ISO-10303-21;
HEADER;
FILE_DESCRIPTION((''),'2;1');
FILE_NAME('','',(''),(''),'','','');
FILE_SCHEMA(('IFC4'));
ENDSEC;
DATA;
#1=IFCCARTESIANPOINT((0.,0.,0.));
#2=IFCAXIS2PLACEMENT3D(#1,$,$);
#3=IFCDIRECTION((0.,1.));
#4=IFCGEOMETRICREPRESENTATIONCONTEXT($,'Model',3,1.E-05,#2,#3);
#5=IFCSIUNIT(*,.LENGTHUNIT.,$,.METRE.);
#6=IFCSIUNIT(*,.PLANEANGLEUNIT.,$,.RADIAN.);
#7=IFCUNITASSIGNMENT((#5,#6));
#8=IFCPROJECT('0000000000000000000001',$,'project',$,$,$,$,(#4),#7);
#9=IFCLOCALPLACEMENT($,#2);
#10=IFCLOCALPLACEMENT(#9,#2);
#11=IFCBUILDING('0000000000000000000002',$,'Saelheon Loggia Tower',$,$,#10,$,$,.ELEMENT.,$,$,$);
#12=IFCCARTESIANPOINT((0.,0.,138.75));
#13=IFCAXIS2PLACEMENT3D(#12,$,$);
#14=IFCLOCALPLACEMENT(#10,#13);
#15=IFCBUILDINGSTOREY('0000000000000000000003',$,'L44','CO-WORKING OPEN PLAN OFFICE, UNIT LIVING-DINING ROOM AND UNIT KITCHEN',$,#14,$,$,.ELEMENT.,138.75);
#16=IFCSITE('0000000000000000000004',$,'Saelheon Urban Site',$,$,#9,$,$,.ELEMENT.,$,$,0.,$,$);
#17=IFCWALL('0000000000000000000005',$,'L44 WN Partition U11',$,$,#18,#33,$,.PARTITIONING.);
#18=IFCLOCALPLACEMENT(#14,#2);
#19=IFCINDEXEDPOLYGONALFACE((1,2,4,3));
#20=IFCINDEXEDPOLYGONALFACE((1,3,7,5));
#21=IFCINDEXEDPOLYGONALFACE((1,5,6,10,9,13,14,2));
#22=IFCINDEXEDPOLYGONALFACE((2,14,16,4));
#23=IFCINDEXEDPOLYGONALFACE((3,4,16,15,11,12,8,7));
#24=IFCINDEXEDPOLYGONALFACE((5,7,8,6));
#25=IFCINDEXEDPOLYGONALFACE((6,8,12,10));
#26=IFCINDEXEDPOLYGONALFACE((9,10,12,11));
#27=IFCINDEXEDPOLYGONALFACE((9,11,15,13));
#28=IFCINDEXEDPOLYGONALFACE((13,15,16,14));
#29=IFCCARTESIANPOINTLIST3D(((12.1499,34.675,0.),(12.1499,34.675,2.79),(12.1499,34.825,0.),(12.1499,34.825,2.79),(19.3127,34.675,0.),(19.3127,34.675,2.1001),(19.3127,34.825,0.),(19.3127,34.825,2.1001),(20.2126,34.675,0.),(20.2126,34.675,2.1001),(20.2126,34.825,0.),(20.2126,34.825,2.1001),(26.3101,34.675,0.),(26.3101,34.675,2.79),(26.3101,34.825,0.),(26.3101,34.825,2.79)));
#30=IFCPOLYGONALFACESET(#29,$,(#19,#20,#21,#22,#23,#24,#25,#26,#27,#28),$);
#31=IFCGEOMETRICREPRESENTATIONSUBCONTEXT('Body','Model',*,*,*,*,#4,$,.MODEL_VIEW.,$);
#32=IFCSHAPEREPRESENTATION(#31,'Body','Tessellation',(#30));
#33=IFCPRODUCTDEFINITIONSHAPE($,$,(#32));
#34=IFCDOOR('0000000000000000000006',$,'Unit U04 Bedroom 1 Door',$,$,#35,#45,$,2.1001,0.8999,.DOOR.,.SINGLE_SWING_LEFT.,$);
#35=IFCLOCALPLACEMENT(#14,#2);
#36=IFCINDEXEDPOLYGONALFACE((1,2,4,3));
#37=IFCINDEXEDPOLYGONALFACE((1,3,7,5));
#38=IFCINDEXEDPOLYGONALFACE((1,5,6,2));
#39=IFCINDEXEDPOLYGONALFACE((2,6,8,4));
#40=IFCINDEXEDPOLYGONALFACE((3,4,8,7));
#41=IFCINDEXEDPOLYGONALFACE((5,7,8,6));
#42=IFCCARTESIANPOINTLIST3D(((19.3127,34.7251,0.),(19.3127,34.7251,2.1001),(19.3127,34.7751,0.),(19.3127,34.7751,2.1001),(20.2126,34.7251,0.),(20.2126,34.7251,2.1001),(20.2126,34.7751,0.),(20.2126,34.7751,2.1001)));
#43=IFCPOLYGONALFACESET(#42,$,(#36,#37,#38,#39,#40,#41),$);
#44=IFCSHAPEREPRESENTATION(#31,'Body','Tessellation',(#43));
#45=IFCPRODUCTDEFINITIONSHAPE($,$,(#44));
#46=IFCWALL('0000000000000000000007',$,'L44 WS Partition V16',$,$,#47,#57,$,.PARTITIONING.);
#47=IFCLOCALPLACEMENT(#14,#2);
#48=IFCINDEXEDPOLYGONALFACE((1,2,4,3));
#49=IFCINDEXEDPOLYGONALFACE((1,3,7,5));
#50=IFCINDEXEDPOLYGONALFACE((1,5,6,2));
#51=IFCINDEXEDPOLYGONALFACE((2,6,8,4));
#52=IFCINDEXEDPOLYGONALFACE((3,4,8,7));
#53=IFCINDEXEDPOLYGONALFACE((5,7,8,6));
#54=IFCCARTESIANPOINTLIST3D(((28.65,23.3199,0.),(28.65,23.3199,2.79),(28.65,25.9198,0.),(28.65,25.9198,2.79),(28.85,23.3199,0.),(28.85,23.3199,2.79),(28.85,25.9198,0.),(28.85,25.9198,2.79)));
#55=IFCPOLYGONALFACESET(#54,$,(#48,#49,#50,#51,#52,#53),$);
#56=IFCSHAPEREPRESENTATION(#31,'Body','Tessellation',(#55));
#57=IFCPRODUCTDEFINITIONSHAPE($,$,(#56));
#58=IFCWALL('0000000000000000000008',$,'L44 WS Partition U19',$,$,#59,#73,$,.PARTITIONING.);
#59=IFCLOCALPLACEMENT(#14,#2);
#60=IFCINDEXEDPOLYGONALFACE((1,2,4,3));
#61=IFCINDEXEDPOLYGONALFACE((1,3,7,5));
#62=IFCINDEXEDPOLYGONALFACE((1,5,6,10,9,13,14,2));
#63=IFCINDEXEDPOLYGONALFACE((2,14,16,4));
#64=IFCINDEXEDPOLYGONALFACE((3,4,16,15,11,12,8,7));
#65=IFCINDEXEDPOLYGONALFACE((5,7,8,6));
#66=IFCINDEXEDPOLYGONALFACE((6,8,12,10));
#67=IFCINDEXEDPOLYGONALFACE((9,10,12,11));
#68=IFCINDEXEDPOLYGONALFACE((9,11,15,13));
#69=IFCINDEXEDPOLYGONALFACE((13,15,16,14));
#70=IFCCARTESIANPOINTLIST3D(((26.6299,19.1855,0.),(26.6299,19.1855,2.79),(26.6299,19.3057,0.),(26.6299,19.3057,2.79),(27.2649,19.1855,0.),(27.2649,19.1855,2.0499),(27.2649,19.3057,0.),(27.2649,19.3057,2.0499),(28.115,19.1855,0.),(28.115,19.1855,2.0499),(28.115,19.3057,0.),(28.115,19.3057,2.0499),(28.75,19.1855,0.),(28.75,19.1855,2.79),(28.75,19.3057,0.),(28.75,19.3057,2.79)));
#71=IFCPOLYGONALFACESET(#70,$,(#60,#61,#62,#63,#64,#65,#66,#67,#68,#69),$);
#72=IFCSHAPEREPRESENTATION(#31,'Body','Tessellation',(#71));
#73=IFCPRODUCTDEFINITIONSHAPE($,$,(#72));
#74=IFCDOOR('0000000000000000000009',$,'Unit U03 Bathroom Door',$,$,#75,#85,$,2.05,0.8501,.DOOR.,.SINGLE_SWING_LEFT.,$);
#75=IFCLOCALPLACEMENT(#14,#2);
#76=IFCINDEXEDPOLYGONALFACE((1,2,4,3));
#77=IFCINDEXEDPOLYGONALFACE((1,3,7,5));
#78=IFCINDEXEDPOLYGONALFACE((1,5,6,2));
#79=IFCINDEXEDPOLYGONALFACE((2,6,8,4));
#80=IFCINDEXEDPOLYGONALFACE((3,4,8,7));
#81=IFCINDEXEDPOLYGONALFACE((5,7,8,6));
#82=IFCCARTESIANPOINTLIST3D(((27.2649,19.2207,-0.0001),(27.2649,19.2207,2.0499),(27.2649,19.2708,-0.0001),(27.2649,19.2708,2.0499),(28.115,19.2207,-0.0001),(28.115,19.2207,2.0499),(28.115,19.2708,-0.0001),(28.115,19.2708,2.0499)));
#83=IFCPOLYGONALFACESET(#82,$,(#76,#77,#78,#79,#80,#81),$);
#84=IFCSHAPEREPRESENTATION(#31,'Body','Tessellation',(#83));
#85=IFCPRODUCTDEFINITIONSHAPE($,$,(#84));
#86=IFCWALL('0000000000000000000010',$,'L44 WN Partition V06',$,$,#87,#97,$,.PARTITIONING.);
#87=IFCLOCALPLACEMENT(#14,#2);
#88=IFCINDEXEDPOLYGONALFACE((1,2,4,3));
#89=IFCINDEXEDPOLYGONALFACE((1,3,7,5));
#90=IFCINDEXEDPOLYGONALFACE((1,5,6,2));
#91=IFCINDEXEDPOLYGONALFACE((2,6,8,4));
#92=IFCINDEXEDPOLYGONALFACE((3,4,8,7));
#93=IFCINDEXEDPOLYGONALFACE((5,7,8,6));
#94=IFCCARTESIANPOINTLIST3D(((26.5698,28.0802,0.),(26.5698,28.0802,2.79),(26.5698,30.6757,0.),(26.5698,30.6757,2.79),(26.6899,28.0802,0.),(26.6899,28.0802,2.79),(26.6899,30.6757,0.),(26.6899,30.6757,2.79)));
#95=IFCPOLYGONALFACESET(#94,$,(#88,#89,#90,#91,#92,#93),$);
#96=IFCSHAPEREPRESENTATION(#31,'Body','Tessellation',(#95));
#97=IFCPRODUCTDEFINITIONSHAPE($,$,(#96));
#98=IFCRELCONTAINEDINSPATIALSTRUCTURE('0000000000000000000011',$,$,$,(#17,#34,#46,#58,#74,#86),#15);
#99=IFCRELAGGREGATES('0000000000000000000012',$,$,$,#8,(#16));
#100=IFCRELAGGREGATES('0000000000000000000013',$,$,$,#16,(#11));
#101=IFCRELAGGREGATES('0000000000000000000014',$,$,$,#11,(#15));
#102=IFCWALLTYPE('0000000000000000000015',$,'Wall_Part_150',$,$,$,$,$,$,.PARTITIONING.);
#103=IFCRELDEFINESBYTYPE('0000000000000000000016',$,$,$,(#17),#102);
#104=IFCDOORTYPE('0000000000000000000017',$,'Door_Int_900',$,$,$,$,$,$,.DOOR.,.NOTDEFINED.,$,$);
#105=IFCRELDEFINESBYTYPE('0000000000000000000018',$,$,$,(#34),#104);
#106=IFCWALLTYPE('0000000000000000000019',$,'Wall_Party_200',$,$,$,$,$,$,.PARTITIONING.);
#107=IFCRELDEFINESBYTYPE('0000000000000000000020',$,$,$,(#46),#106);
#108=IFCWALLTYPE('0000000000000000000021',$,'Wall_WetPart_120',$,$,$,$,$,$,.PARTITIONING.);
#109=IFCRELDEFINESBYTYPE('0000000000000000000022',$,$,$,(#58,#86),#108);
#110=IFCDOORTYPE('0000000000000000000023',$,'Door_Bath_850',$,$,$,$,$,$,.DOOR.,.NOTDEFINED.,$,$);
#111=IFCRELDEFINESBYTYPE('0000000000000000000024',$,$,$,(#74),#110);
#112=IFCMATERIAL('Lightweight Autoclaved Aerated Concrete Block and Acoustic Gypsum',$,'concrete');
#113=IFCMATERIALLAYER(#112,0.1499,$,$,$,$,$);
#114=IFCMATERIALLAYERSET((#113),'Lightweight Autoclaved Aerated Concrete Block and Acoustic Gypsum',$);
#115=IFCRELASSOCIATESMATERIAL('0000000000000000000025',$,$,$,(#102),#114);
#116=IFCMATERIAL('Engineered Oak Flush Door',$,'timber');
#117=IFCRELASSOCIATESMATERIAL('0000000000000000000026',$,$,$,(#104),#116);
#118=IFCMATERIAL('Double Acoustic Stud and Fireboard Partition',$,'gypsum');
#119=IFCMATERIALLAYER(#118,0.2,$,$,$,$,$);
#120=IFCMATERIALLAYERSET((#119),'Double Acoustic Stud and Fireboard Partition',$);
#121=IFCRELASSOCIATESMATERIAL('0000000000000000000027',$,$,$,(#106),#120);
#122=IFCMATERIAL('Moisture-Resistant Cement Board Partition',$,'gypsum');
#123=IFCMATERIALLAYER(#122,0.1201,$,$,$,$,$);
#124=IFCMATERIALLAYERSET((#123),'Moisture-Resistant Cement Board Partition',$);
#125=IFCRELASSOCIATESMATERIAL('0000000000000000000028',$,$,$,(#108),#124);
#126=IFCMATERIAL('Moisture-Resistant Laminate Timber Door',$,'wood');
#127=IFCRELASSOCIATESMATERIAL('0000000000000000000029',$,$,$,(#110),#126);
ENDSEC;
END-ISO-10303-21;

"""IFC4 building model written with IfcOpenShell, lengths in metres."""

from ifc_helpers import new_model, si_unit, direction, frame, frame_2d, origin, place, context, subcontext, project, spatial, rectangle, extrude, source, transform, mapped, material, layer, layer_set, type_object, element, fill, save


model = new_model("IFC4")

# Units and contexts
model_context = context("Model", 3, precision=1e-05, world=origin(), true_north=direction((0.0, 1.0)))
body_context = subcontext(model_context, "Body", "Model", "MODEL_VIEW")
ifc_project = project(units=[si_unit("LENGTHUNIT", "METRE"), si_unit("PLANEANGLEUNIT", "RADIAN")], contexts=[model_context])

# Site, building, storey
site_placement = place(None, origin())
site = spatial("IfcSite", under=ifc_project, at=site_placement, Name="Saelheon Urban Site", CompositionType="ELEMENT", RefElevation=0.0)
building_placement = place(site_placement, origin())
building = spatial("IfcBuilding", under=site, at=building_placement, Name="Saelheon Loggia Tower", CompositionType="ELEMENT")
storey_placement = place(building_placement, frame((0.0, 0.0, 138.75)))
storey = spatial("IfcBuildingStorey", under=building, at=storey_placement, Name="L44", Description="CO-WORKING OPEN PLAN OFFICE, UNIT LIVING-DINING ROOM AND UNIT KITCHEN", CompositionType="ELEMENT", Elevation=138.75)

# Shared definitions
ifc_material_1 = material(Name="Lightweight Autoclaved Aerated Concrete Block and Acoustic Gypsum", Category="concrete")
ifc_layer_1 = layer(ifc_material_1, 0.1499)
ifc_layer_set_1 = layer_set([ifc_layer_1], Name="Lightweight Autoclaved Aerated Concrete Block and Acoustic Gypsum")
wall_type_1 = type_object("IfcWallType", Name="Wall_Part_150", PredefinedType="PARTITIONING", material=ifc_layer_set_1)

# Shared definitions
ifc_material_2 = material(Name="Engineered Oak Flush Door", Category="timber")
door_type_1 = type_object("IfcDoorType", Name="Door_Int_900", OperationType="NOTDEFINED", PredefinedType="DOOR", material=ifc_material_2)
shared_shape_1 = source(origin(), body_context, "Body", "SweptSolid", [
    extrude(rectangle(XDim=0.8999, YDim=2.1001, at=frame_2d((0.45, 1.05))), frame((0.0, 0.0249, 0.0), z_axis=(0.0, -1.0, 0.0), x_axis=(1.0, 0.0, 0.0)), (0.0, 0.0, 1.0), 0.05),
])

# Wall, opening, door
wall_1_placement = place(storey_placement, frame((26.3101, 34.75, 0.0), z_axis=(0.0, 0.0, 1.0), x_axis=(-1.0, 0.0, 0.0)))
wall_1 = element("IfcWall", 1, at=wall_1_placement, inside=storey, type_object=wall_type_1, Name="L44 WN Partition U11", PredefinedType="PARTITIONING", context=body_context, shape_type="SweptSolid", body=[
    extrude(rectangle(XDim=14.1602, YDim=0.1499, at=frame_2d((7.0801, 0.0))), origin(), (0.0, 0.0, 1.0), 2.79),
])
opening_1_placement = place(wall_1_placement, frame((6.0974, 0.0, 0.0)))
opening_1 = element("IfcOpeningElement", 2, at=opening_1_placement, cuts=wall_1, PredefinedType="OPENING", context=body_context, shape_type="SweptSolid", body=[
    extrude(rectangle(XDim=0.8999, YDim=2.1001, at=frame_2d((0.45, 1.05))), frame((0.0, 0.0869, 0.0), z_axis=(0.0, -1.0, 0.0), x_axis=(1.0, 0.0, 0.0)), (0.0, 0.0, 1.0), 0.1738),
])
door_1_placement = place(opening_1_placement, origin())
door_1 = element("IfcDoor", 3, at=door_1_placement, inside=storey, type_object=door_type_1, Name="Unit U04 Bedroom 1 Door", OperationType="SINGLE_SWING_LEFT", OverallHeight=2.1001, OverallWidth=0.8999, PredefinedType="DOOR", context=body_context, shape_type="MappedRepresentation", body=[
    mapped(shared_shape_1, transform((0.0, 0.0, 0.0), scale=1.0)),
])
fill(opening_1, door_1)

# Wall
ifc_material_3 = material(Name="Double Acoustic Stud and Fireboard Partition", Category="gypsum")
ifc_layer_2 = layer(ifc_material_3, 0.2)
ifc_layer_set_2 = layer_set([ifc_layer_2], Name="Double Acoustic Stud and Fireboard Partition")
wall_type_2 = type_object("IfcWallType", Name="Wall_Party_200", PredefinedType="PARTITIONING", material=ifc_layer_set_2)
wall_2_placement = place(storey_placement, frame((28.75, 23.3201, 0.0), z_axis=(0.0, 0.0, 1.0), x_axis=(0.0, 1.0, 0.0)))
element("IfcWall", 4, at=wall_2_placement, inside=storey, type_object=wall_type_2, Name="L44 WS Partition V16", PredefinedType="PARTITIONING", context=body_context, shape_type="SweptSolid", body=[
    extrude(rectangle(XDim=2.5999, YDim=0.2, at=frame_2d((1.2998, 0.0))), origin(), (0.0, 0.0, 1.0), 2.79),
])

# Wall, opening, door
ifc_material_4 = material(Name="Moisture-Resistant Cement Board Partition", Category="gypsum")
ifc_layer_3 = layer(ifc_material_4, 0.1201)
ifc_layer_set_3 = layer_set([ifc_layer_3], Name="Moisture-Resistant Cement Board Partition")
wall_type_3 = type_object("IfcWallType", Name="Wall_WetPart_120", PredefinedType="PARTITIONING", material=ifc_layer_set_3)
wall_3_placement = place(storey_placement, frame((28.75, 19.2456, 0.0), z_axis=(0.0, 0.0, 1.0), x_axis=(-1.0, 0.0, 0.0)))
wall_3 = element("IfcWall", 5, at=wall_3_placement, inside=storey, type_object=wall_type_3, Name="L44 WS Partition U19", PredefinedType="PARTITIONING", context=body_context, shape_type="SweptSolid", body=[
    extrude(rectangle(XDim=2.1201, YDim=0.1201, at=frame_2d((1.0601, 0.0))), origin(), (0.0, 0.0, 1.0), 2.79),
])
opening_2_placement = place(wall_3_placement, frame((0.635, 0.0, 0.0)))
opening_2 = element("IfcOpeningElement", 6, at=opening_2_placement, cuts=wall_3, PredefinedType="OPENING", context=body_context, shape_type="SweptSolid", body=[
    extrude(rectangle(XDim=0.8501, YDim=2.05, at=frame_2d((0.425, 1.0249))), frame((0.0, 0.072, 0.0), z_axis=(0.0, -1.0, 0.0), x_axis=(1.0, 0.0, 0.0)), (0.0, 0.0, 1.0), 0.144),
])
ifc_material_5 = material(Name="Moisture-Resistant Laminate Timber Door", Category="wood")
door_type_2 = type_object("IfcDoorType", Name="Door_Bath_850", OperationType="NOTDEFINED", PredefinedType="DOOR", material=ifc_material_5)
shared_shape_2 = source(origin(), body_context, "Body", "SweptSolid", [
    extrude(rectangle(XDim=0.8501, YDim=2.05, at=frame_2d((0.425, 1.0249))), frame((0.0, 0.0249, 0.0), z_axis=(0.0, -1.0, 0.0), x_axis=(1.0, 0.0, 0.0)), (0.0, 0.0, 1.0), 0.05),
])
door_2_placement = place(opening_2_placement, origin())
door_2 = element("IfcDoor", 7, at=door_2_placement, inside=storey, type_object=door_type_2, Name="Unit U03 Bathroom Door", OperationType="SINGLE_SWING_LEFT", OverallHeight=2.05, OverallWidth=0.8501, PredefinedType="DOOR", context=body_context, shape_type="MappedRepresentation", body=[
    mapped(shared_shape_2, transform((0.0, 0.0, 0.0), scale=1.0)),
])
fill(opening_2, door_2)

# Wall
wall_4_placement = place(storey_placement, frame((26.6299, 28.0801, 0.0), z_axis=(0.0, 0.0, 1.0), x_axis=(0.0, 1.0, 0.0)))
element("IfcWall", 8, at=wall_4_placement, inside=storey, type_object=wall_type_3, Name="L44 WN Partition V06", PredefinedType="PARTITIONING", context=body_context, shape_type="SweptSolid", body=[
    extrude(rectangle(XDim=2.5955, YDim=0.1201, at=frame_2d((1.2979, 0.0))), origin(), (0.0, 0.0, 1.0), 2.79),
])

save(model, "model.ifc")
